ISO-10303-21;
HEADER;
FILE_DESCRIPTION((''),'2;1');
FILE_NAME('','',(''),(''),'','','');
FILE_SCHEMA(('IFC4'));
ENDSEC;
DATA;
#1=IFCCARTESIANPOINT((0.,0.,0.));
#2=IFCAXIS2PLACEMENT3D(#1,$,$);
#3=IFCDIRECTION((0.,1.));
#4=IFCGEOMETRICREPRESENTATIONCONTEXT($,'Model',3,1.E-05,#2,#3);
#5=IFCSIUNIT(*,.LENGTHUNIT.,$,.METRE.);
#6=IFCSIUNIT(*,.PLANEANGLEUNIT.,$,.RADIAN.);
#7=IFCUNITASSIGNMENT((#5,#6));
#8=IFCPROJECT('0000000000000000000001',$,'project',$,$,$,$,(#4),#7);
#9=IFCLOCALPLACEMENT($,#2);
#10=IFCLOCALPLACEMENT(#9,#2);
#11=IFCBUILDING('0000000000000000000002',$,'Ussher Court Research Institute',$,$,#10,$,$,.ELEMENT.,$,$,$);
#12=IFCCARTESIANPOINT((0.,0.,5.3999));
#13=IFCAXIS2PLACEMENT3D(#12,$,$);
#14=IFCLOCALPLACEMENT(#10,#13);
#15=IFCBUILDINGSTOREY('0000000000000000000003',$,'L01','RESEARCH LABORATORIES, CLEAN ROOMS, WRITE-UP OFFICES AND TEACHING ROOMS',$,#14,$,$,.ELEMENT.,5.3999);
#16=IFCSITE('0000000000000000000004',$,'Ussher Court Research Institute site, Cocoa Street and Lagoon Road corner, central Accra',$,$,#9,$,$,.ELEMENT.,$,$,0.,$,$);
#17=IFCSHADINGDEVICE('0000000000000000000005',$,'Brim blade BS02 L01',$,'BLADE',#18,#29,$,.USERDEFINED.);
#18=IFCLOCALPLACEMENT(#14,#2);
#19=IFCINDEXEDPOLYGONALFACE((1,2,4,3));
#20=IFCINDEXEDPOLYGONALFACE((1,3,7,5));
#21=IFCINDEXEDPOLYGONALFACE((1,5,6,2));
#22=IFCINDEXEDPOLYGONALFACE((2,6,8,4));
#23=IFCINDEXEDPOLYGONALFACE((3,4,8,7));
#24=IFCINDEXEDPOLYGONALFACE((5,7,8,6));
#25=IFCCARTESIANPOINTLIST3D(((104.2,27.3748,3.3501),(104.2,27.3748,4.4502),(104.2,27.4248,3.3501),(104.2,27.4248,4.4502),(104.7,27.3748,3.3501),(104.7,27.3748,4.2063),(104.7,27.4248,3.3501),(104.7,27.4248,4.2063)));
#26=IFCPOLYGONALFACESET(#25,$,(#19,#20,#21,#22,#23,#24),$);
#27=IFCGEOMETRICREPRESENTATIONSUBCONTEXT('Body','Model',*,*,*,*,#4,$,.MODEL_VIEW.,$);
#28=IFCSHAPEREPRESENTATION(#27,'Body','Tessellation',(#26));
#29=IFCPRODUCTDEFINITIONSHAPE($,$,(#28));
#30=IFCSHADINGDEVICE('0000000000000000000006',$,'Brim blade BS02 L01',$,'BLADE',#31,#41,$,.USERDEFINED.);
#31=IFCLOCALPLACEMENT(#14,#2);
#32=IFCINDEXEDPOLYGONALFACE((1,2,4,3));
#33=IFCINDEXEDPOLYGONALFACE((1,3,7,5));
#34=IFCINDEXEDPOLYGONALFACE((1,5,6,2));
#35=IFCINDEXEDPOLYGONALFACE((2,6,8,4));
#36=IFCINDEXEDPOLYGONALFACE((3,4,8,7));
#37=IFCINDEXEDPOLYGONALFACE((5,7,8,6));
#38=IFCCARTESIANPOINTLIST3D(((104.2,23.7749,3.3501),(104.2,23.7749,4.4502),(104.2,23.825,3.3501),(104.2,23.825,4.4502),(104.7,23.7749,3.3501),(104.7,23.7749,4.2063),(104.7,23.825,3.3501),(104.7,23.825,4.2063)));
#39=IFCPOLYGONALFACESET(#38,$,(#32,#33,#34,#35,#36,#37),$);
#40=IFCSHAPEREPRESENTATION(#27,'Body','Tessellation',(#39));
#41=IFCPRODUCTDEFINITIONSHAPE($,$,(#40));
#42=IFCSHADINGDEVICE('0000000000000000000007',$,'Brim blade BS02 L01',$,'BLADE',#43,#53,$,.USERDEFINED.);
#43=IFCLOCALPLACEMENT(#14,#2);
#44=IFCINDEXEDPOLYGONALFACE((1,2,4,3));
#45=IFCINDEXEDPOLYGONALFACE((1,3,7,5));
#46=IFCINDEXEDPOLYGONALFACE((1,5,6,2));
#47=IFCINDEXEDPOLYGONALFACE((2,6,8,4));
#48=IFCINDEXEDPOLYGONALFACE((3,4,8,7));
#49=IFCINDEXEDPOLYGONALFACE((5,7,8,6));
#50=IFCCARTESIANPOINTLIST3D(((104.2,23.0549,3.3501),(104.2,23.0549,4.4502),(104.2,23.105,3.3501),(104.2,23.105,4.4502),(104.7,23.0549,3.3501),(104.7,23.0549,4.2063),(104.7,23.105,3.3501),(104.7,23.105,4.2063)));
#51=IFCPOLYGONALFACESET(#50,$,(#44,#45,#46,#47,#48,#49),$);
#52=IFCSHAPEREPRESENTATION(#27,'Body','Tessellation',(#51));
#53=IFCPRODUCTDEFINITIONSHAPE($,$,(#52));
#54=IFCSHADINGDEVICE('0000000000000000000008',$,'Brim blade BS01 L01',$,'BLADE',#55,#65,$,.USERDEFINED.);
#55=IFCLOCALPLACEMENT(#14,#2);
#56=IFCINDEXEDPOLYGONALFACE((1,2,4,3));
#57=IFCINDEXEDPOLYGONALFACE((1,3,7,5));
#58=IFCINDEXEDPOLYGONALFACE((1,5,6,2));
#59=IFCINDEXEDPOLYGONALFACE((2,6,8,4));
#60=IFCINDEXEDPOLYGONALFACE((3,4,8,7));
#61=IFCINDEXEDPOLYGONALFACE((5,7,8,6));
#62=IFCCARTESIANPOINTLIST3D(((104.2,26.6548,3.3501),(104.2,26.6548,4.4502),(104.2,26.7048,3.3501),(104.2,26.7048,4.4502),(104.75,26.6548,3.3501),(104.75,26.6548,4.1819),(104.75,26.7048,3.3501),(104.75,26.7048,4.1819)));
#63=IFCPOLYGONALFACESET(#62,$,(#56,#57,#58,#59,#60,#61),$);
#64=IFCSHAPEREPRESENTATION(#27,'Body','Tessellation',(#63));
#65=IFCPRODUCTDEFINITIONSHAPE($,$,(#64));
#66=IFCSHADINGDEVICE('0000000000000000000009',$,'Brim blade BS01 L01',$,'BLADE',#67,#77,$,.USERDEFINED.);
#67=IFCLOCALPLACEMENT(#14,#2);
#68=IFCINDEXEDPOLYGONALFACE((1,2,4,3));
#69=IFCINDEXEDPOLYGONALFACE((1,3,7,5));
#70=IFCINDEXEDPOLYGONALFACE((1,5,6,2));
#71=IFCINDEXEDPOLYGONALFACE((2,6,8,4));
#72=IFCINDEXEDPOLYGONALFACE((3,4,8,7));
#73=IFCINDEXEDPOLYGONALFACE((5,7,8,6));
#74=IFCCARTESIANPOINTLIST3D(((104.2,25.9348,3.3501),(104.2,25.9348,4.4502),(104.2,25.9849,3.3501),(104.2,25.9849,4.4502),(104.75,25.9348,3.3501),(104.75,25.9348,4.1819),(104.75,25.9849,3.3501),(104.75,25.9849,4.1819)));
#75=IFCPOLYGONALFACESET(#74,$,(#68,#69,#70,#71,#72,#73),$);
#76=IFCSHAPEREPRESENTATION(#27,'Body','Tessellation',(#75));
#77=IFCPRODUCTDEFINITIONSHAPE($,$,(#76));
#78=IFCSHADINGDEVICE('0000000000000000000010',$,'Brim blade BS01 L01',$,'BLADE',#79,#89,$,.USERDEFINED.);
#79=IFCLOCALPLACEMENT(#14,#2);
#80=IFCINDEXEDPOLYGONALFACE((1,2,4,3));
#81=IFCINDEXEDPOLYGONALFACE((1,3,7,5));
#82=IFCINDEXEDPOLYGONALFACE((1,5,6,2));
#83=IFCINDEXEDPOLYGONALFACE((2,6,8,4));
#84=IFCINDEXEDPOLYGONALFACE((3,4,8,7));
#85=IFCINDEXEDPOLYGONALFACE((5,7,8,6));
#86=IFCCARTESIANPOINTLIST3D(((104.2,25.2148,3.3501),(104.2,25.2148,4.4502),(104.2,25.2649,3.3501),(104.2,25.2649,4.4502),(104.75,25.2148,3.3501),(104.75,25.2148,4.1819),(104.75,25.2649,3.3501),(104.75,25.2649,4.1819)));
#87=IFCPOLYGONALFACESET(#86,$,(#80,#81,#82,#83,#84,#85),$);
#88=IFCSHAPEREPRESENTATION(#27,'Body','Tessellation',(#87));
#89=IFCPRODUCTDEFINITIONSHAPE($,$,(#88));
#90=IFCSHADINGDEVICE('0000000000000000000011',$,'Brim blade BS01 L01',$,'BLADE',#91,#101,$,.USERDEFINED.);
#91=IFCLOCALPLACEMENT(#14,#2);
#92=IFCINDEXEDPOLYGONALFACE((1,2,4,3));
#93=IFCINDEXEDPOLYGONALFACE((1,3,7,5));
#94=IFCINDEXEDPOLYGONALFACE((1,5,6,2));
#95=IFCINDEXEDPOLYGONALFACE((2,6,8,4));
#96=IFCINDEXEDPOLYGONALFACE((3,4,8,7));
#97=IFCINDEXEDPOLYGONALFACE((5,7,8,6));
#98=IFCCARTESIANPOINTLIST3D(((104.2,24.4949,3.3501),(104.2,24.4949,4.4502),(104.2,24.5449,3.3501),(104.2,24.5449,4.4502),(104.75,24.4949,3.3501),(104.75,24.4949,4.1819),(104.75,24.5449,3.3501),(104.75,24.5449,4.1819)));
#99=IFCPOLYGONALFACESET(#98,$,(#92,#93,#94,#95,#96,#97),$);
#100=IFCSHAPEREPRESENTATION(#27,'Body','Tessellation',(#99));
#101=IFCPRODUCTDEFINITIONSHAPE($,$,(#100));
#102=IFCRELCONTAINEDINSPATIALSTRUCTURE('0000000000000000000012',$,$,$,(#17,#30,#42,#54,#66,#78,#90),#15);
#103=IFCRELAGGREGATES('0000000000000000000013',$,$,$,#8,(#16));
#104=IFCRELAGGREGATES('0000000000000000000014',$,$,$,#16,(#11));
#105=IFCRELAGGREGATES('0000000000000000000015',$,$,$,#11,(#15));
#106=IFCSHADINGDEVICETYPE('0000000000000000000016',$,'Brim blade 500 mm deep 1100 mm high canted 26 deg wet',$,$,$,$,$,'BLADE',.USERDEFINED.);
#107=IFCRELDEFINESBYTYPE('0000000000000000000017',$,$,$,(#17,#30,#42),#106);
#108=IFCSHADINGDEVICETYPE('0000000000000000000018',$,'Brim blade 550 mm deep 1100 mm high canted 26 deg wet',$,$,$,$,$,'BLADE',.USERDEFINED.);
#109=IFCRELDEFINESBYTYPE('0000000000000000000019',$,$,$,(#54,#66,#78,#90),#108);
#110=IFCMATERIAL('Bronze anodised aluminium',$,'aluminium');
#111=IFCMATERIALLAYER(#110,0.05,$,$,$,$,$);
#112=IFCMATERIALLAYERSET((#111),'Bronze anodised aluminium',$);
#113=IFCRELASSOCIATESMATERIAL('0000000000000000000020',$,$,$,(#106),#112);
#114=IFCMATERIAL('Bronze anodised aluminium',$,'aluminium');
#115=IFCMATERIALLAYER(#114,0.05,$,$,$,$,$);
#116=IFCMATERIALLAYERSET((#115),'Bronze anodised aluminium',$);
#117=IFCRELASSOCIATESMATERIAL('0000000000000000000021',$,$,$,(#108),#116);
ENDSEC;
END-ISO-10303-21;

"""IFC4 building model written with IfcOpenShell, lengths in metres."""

from ifc_helpers import new_model, si_unit, direction, frame, origin, place, context, subcontext, project, spatial, polyline, outline, extrude, material, layer, layer_set, type_object, element, save


model = new_model("IFC4")

# Units and contexts
model_context = context("Model", 3, precision=1e-05, world=origin(), true_north=direction((0.0, 1.0)))
body_context = subcontext(model_context, "Body", "Model", "MODEL_VIEW")
ifc_project = project(units=[si_unit("LENGTHUNIT", "METRE"), si_unit("PLANEANGLEUNIT", "RADIAN")], contexts=[model_context])

# Site, building, storey
site_placement = place(None, origin())
site = spatial("IfcSite", under=ifc_project, at=site_placement, Name="Ussher Court Research Institute site, Cocoa Street and Lagoon Road corner, central Accra", CompositionType="ELEMENT", RefElevation=0.0)
building_placement = place(site_placement, origin())
building = spatial("IfcBuilding", under=site, at=building_placement, Name="Ussher Court Research Institute", CompositionType="ELEMENT")
storey_placement = place(building_placement, frame((0.0, 0.0, 5.3999)))
storey = spatial("IfcBuildingStorey", under=building, at=storey_placement, Name="L01", Description="RESEARCH LABORATORIES, CLEAN ROOMS, WRITE-UP OFFICES AND TEACHING ROOMS", CompositionType="ELEMENT", Elevation=5.3999)

# Shading devices
ifc_material_1 = material(Name="Bronze anodised aluminium", Category="aluminium")
ifc_layer_1 = layer(ifc_material_1, 0.05)
ifc_layer_set_1 = layer_set([ifc_layer_1], Name="Bronze anodised aluminium")
shading_device_type_1 = type_object("IfcShadingDeviceType", Name="Brim blade 500 mm deep 1100 mm high canted 26 deg wet", ElementType="BLADE", PredefinedType="USERDEFINED", material=ifc_layer_set_1)
for number, where, z_axis, x_axis, name in (
    (1, (104.2, 27.3999, 3.3501), (0.0, 0.0, 1.0), (1.0, 0.0, 0.0), "Brim blade BS02 L01"),
    (2, (104.2, 23.8, 3.3501), (0.0, 0.0, 1.0), (1.0, 0.0, 0.0), "Brim blade BS02 L01"),
    (3, (104.2, 23.0801, 3.3501), (0.0, 0.0, 1.0), (1.0, 0.0, 0.0), "Brim blade BS02 L01"),
):
    element("IfcShadingDevice", number, at=place(storey_placement, frame(where, z_axis=z_axis, x_axis=x_axis)), inside=storey, type_object=shading_device_type_1, Name=name, ObjectType="BLADE", PredefinedType="USERDEFINED", context=body_context, shape_type="SweptSolid", body=[
        extrude(outline(polyline([(0.0, 0.0), (0.5, 0.0), (0.5, 0.8562), (0.0, 1.1001), (0.0, 0.0)])), frame((0.0, 0.0249, 0.0), z_axis=(0.0, -1.0, 0.0), x_axis=(1.0, 0.0, 0.0)), (0.0, 0.0, 1.0), 0.05),
    ])
ifc_material_2 = material(Name="Bronze anodised aluminium", Category="aluminium")
ifc_layer_2 = layer(ifc_material_2, 0.05)
ifc_layer_set_2 = layer_set([ifc_layer_2], Name="Bronze anodised aluminium")
shading_device_type_2 = type_object("IfcShadingDeviceType", Name="Brim blade 550 mm deep 1100 mm high canted 26 deg wet", ElementType="BLADE", PredefinedType="USERDEFINED", material=ifc_layer_set_2)
for number, where, z_axis, x_axis, name in (
    (4, (104.2, 26.6799, 3.3501), (0.0, 0.0, 1.0), (1.0, 0.0, 0.0), "Brim blade BS01 L01"),
    (5, (104.2, 25.96, 3.3501), (0.0, 0.0, 1.0), (1.0, 0.0, 0.0), "Brim blade BS01 L01"),
    (6, (104.2, 25.24, 3.3501), (0.0, 0.0, 1.0), (1.0, 0.0, 0.0), "Brim blade BS01 L01"),
    (7, (104.2, 24.52, 3.3501), (0.0, 0.0, 1.0), (1.0, 0.0, 0.0), "Brim blade BS01 L01"),
):
    element("IfcShadingDevice", number, at=place(storey_placement, frame(where, z_axis=z_axis, x_axis=x_axis)), inside=storey, type_object=shading_device_type_2, Name=name, ObjectType="BLADE", PredefinedType="USERDEFINED", context=body_context, shape_type="SweptSolid", body=[
        extrude(outline(polyline([(0.0, 0.0), (0.55, 0.0), (0.55, 0.8318), (0.0, 1.1001), (0.0, 0.0)])), frame((0.0, 0.0249, 0.0), z_axis=(0.0, -1.0, 0.0), x_axis=(1.0, 0.0, 0.0)), (0.0, 0.0, 1.0), 0.05),
    ])

save(model, "model.ifc")
